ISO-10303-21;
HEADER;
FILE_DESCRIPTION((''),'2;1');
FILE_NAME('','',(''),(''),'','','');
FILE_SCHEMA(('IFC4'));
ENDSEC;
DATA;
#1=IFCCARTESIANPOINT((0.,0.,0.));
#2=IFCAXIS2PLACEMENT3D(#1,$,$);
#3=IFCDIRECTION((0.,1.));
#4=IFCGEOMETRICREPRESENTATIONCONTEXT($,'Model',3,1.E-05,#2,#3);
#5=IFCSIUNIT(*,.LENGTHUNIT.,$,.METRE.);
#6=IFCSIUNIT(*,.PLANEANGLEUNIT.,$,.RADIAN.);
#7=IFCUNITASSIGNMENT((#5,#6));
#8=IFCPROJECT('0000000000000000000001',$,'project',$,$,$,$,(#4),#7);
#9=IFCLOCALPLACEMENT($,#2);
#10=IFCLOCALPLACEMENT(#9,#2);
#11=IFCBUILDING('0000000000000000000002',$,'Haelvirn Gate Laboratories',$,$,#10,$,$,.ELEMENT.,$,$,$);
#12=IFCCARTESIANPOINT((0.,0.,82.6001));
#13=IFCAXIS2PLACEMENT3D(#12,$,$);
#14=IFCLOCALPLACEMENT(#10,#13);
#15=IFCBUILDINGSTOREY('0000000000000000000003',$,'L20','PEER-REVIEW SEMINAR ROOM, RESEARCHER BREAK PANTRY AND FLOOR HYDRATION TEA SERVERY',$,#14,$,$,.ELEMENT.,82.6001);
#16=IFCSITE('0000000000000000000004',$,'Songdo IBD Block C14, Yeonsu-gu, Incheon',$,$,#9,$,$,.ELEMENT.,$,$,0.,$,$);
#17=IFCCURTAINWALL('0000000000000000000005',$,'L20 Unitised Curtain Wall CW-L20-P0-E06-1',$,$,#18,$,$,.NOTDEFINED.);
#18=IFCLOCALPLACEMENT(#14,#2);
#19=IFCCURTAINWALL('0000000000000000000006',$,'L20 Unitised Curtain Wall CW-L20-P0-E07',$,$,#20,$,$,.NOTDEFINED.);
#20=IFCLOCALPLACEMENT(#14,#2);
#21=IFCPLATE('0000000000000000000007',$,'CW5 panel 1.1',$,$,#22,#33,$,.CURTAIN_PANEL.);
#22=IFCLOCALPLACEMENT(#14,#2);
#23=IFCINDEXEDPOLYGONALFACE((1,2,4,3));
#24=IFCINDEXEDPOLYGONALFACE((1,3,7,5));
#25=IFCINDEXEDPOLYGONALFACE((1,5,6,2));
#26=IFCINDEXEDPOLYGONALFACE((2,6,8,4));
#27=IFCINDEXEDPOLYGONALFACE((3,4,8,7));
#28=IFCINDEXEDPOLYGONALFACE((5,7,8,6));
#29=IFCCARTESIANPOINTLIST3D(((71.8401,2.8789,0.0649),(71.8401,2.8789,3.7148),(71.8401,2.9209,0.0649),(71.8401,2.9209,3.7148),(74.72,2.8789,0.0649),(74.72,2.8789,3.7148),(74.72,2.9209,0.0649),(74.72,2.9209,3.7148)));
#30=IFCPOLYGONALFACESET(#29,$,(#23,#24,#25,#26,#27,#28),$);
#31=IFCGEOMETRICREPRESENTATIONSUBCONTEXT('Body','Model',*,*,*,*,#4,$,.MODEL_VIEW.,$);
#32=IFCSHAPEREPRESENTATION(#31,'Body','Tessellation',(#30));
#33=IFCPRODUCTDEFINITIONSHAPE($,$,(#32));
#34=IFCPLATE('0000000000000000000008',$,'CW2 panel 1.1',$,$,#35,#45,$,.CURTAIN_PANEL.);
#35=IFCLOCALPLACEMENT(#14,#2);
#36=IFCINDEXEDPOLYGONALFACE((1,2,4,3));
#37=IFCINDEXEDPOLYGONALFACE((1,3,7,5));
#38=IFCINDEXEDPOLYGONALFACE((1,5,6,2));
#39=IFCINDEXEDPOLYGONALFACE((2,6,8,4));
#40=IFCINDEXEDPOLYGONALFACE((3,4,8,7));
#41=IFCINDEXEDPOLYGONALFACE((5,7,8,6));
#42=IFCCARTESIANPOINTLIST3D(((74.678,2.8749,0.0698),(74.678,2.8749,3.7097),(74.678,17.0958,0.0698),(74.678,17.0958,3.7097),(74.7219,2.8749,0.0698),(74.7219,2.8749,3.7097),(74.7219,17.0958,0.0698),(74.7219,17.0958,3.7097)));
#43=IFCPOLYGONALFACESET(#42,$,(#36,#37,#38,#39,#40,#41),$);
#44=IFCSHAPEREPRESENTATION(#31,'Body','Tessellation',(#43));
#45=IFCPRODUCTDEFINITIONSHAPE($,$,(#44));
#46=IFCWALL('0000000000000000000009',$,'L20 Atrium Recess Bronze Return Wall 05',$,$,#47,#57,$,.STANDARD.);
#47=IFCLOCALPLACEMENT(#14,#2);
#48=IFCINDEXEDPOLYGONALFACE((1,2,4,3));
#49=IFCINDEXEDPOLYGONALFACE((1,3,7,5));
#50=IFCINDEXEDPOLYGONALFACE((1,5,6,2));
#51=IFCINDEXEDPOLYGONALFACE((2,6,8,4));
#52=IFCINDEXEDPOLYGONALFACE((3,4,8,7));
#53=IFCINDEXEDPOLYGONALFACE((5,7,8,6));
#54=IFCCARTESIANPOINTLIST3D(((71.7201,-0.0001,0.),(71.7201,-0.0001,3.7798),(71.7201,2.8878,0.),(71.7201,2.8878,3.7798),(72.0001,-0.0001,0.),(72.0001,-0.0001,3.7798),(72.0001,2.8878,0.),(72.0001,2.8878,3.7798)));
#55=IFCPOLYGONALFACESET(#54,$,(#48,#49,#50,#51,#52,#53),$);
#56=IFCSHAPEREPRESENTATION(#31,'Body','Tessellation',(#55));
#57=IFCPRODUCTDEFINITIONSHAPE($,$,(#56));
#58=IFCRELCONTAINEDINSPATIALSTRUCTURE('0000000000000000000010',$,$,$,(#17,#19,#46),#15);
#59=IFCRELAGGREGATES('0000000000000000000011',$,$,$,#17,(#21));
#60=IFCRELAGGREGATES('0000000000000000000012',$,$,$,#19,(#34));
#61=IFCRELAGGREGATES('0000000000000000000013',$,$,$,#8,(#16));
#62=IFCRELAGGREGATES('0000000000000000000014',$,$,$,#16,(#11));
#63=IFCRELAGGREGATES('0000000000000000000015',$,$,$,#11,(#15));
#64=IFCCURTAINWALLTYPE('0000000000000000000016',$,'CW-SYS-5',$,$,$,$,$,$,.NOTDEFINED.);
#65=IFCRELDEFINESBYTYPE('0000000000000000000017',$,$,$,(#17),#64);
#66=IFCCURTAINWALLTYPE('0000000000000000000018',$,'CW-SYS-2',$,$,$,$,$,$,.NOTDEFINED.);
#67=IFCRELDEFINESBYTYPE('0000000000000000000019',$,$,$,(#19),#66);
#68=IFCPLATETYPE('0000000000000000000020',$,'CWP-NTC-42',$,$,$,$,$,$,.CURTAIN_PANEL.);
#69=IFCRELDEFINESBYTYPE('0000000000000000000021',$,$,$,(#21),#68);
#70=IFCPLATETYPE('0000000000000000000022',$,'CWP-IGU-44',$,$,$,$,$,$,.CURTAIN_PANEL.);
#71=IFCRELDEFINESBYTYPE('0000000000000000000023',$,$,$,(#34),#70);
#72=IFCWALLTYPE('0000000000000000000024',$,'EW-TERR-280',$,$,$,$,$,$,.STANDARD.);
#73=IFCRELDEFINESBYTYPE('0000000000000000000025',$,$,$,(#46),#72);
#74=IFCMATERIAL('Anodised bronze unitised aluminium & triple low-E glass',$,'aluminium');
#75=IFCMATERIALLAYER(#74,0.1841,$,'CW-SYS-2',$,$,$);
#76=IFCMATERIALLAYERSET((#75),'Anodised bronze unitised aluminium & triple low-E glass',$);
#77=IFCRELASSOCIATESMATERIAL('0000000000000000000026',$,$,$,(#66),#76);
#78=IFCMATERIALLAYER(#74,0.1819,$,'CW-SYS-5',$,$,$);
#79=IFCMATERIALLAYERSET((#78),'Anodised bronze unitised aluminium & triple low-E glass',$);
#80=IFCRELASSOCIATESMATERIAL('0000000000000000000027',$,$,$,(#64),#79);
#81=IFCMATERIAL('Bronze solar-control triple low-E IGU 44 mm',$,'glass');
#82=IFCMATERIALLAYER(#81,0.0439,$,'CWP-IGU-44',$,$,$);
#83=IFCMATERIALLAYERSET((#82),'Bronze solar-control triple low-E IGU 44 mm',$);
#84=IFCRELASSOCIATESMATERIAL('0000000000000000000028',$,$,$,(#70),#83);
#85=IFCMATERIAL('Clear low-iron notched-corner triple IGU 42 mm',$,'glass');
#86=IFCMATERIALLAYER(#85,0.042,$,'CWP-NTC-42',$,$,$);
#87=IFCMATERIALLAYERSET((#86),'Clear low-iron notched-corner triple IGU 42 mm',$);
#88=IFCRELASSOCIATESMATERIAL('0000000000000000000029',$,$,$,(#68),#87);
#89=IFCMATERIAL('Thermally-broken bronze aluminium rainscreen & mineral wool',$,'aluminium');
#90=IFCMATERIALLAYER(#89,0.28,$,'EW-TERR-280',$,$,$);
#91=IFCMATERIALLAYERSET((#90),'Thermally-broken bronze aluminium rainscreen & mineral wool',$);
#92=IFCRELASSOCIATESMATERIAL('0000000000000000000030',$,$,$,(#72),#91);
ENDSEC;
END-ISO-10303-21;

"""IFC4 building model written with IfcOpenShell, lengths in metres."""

from ifc_helpers import new_model, si_unit, direction, frame, frame_2d, origin, origin_2d, place, context, subcontext, project, spatial, rectangle, extrude, source, transform, mapped, material, layer, layer_set, type_object, type_shapes, element, aggregate, save


model = new_model("IFC4")

# Units and contexts
model_context = context("Model", 3, precision=1e-05, world=origin(), true_north=direction((0.0, 1.0)))
body_context = subcontext(model_context, "Body", "Model", "MODEL_VIEW")
ifc_project = project(units=[si_unit("LENGTHUNIT", "METRE"), si_unit("PLANEANGLEUNIT", "RADIAN")], contexts=[model_context])

# Site, building, storey
site_placement = place(None, origin())
site = spatial("IfcSite", under=ifc_project, at=site_placement, Name="Songdo IBD Block C14, Yeonsu-gu, Incheon", CompositionType="ELEMENT", RefElevation=0.0)
building_placement = place(site_placement, origin())
building = spatial("IfcBuilding", under=site, at=building_placement, Name="Haelvirn Gate Laboratories", CompositionType="ELEMENT")
storey_placement = place(building_placement, frame((0.0, 0.0, 82.6001)))
storey = spatial("IfcBuildingStorey", under=building, at=storey_placement, Name="L20", Description="PEER-REVIEW SEMINAR ROOM, RESEARCHER BREAK PANTRY AND FLOOR HYDRATION TEA SERVERY", CompositionType="ELEMENT", Elevation=82.6001)

# Curtain walls
ifc_material_1 = material(Name="Anodised bronze unitised aluminium & triple low-E glass", Category="aluminium")
ifc_layer_1 = layer(ifc_material_1, 0.1841, Name="CW-SYS-2")
ifc_layer_set_1 = layer_set([ifc_layer_1], Name="Anodised bronze unitised aluminium & triple low-E glass")
curtain_wall_type_1 = type_object("IfcCurtainWallType", Name="CW-SYS-2", PredefinedType="NOTDEFINED", material=ifc_layer_set_1)
ifc_layer_2 = layer(ifc_material_1, 0.1819, Name="CW-SYS-5")
ifc_layer_set_2 = layer_set([ifc_layer_2], Name="Anodised bronze unitised aluminium & triple low-E glass")
curtain_wall_type_2 = type_object("IfcCurtainWallType", Name="CW-SYS-5", PredefinedType="NOTDEFINED", material=ifc_layer_set_2)
curtain_wall_1_placement = place(storey_placement, origin())
curtain_wall_1 = element("IfcCurtainWall", 1, at=curtain_wall_1_placement, inside=storey, type_object=curtain_wall_type_2, Name="L20 Unitised Curtain Wall CW-L20-P0-E06-1", PredefinedType="NOTDEFINED")
curtain_wall_2_placement = place(storey_placement, origin())
curtain_wall_2 = element("IfcCurtainWall", 2, at=curtain_wall_2_placement, inside=storey, type_object=curtain_wall_type_1, Name="L20 Unitised Curtain Wall CW-L20-P0-E07", PredefinedType="NOTDEFINED")

# Plates
ifc_material_2 = material(Name="Bronze solar-control triple low-E IGU 44 mm", Category="glass")
ifc_layer_3 = layer(ifc_material_2, 0.0439, Name="CWP-IGU-44")
ifc_layer_set_3 = layer_set([ifc_layer_3], Name="Bronze solar-control triple low-E IGU 44 mm")
plate_type_1 = type_object("IfcPlateType", Name="CWP-IGU-44", PredefinedType="CURTAIN_PANEL", material=ifc_layer_set_3)
ifc_material_3 = material(Name="Clear low-iron notched-corner triple IGU 42 mm", Category="glass")
ifc_layer_4 = layer(ifc_material_3, 0.042, Name="CWP-NTC-42")
ifc_layer_set_4 = layer_set([ifc_layer_4], Name="Clear low-iron notched-corner triple IGU 42 mm")
plate_type_2 = type_object("IfcPlateType", Name="CWP-NTC-42", PredefinedType="CURTAIN_PANEL", material=ifc_layer_set_4)
shared_shape_1 = source(origin(), body_context, "Body", "SweptSolid", [
    extrude(rectangle(XDim=2.8799, YDim=0.042, at=origin_2d()), origin(), (0.0, 0.0, 1.0), 3.6499),
])
type_shapes(plate_type_2, [shared_shape_1])
plate_1_placement = place(storey_placement, frame((73.28, 2.8999, 0.0649), z_axis=(0.0, 0.0, 1.0), x_axis=(1.0, 0.0, 0.0)))
plate_1 = element("IfcPlate", 3, at=plate_1_placement, type_object=plate_type_2, Name="CW5 panel 1.1", PredefinedType="CURTAIN_PANEL", context=body_context, shape_type="MappedRepresentation", body=[
    mapped(shared_shape_1, transform((0.0, 0.0, 0.0), scale=1.0)),
])
aggregate(curtain_wall_1, [plate_1])
shared_shape_2 = source(origin(), body_context, "Body", "SweptSolid", [
    extrude(rectangle(XDim=14.2209, YDim=0.0439, at=origin_2d()), origin(), (0.0, 0.0, 1.0), 3.6399),
])
plate_2_placement = place(storey_placement, frame((74.7, 9.9854, 0.0698), z_axis=(0.0, 0.0, 1.0), x_axis=(0.0, 1.0, 0.0)))
plate_2 = element("IfcPlate", 4, at=plate_2_placement, type_object=plate_type_1, Name="CW2 panel 1.1", PredefinedType="CURTAIN_PANEL", context=body_context, shape_type="MappedRepresentation", body=[
    mapped(shared_shape_2, transform((0.0, 0.0, 0.0), scale=1.0)),
])
aggregate(curtain_wall_2, [plate_2])

# Wall
ifc_material_4 = material(Name="Thermally-broken bronze aluminium rainscreen & mineral wool", Category="aluminium")
ifc_layer_5 = layer(ifc_material_4, 0.28, Name="EW-TERR-280")
ifc_layer_set_5 = layer_set([ifc_layer_5], Name="Thermally-broken bronze aluminium rainscreen & mineral wool")
wall_type = type_object("IfcWallType", Name="EW-TERR-280", PredefinedType="STANDARD", material=ifc_layer_set_5)
wall_placement = place(storey_placement, frame((71.8601, 0.0, 0.0), z_axis=(0.0, 0.0, 1.0), x_axis=(0.0, 1.0, 0.0)))
element("IfcWall", 5, at=wall_placement, inside=storey, type_object=wall_type, Name="L20 Atrium Recess Bronze Return Wall 05", PredefinedType="STANDARD", context=body_context, shape_type="SweptSolid", body=[
    extrude(rectangle(XDim=2.8879, YDim=0.28, at=frame_2d((1.4438, 0.0))), origin(), (0.0, 0.0, 1.0), 3.7798),
])

save(model, "model.ifc")
